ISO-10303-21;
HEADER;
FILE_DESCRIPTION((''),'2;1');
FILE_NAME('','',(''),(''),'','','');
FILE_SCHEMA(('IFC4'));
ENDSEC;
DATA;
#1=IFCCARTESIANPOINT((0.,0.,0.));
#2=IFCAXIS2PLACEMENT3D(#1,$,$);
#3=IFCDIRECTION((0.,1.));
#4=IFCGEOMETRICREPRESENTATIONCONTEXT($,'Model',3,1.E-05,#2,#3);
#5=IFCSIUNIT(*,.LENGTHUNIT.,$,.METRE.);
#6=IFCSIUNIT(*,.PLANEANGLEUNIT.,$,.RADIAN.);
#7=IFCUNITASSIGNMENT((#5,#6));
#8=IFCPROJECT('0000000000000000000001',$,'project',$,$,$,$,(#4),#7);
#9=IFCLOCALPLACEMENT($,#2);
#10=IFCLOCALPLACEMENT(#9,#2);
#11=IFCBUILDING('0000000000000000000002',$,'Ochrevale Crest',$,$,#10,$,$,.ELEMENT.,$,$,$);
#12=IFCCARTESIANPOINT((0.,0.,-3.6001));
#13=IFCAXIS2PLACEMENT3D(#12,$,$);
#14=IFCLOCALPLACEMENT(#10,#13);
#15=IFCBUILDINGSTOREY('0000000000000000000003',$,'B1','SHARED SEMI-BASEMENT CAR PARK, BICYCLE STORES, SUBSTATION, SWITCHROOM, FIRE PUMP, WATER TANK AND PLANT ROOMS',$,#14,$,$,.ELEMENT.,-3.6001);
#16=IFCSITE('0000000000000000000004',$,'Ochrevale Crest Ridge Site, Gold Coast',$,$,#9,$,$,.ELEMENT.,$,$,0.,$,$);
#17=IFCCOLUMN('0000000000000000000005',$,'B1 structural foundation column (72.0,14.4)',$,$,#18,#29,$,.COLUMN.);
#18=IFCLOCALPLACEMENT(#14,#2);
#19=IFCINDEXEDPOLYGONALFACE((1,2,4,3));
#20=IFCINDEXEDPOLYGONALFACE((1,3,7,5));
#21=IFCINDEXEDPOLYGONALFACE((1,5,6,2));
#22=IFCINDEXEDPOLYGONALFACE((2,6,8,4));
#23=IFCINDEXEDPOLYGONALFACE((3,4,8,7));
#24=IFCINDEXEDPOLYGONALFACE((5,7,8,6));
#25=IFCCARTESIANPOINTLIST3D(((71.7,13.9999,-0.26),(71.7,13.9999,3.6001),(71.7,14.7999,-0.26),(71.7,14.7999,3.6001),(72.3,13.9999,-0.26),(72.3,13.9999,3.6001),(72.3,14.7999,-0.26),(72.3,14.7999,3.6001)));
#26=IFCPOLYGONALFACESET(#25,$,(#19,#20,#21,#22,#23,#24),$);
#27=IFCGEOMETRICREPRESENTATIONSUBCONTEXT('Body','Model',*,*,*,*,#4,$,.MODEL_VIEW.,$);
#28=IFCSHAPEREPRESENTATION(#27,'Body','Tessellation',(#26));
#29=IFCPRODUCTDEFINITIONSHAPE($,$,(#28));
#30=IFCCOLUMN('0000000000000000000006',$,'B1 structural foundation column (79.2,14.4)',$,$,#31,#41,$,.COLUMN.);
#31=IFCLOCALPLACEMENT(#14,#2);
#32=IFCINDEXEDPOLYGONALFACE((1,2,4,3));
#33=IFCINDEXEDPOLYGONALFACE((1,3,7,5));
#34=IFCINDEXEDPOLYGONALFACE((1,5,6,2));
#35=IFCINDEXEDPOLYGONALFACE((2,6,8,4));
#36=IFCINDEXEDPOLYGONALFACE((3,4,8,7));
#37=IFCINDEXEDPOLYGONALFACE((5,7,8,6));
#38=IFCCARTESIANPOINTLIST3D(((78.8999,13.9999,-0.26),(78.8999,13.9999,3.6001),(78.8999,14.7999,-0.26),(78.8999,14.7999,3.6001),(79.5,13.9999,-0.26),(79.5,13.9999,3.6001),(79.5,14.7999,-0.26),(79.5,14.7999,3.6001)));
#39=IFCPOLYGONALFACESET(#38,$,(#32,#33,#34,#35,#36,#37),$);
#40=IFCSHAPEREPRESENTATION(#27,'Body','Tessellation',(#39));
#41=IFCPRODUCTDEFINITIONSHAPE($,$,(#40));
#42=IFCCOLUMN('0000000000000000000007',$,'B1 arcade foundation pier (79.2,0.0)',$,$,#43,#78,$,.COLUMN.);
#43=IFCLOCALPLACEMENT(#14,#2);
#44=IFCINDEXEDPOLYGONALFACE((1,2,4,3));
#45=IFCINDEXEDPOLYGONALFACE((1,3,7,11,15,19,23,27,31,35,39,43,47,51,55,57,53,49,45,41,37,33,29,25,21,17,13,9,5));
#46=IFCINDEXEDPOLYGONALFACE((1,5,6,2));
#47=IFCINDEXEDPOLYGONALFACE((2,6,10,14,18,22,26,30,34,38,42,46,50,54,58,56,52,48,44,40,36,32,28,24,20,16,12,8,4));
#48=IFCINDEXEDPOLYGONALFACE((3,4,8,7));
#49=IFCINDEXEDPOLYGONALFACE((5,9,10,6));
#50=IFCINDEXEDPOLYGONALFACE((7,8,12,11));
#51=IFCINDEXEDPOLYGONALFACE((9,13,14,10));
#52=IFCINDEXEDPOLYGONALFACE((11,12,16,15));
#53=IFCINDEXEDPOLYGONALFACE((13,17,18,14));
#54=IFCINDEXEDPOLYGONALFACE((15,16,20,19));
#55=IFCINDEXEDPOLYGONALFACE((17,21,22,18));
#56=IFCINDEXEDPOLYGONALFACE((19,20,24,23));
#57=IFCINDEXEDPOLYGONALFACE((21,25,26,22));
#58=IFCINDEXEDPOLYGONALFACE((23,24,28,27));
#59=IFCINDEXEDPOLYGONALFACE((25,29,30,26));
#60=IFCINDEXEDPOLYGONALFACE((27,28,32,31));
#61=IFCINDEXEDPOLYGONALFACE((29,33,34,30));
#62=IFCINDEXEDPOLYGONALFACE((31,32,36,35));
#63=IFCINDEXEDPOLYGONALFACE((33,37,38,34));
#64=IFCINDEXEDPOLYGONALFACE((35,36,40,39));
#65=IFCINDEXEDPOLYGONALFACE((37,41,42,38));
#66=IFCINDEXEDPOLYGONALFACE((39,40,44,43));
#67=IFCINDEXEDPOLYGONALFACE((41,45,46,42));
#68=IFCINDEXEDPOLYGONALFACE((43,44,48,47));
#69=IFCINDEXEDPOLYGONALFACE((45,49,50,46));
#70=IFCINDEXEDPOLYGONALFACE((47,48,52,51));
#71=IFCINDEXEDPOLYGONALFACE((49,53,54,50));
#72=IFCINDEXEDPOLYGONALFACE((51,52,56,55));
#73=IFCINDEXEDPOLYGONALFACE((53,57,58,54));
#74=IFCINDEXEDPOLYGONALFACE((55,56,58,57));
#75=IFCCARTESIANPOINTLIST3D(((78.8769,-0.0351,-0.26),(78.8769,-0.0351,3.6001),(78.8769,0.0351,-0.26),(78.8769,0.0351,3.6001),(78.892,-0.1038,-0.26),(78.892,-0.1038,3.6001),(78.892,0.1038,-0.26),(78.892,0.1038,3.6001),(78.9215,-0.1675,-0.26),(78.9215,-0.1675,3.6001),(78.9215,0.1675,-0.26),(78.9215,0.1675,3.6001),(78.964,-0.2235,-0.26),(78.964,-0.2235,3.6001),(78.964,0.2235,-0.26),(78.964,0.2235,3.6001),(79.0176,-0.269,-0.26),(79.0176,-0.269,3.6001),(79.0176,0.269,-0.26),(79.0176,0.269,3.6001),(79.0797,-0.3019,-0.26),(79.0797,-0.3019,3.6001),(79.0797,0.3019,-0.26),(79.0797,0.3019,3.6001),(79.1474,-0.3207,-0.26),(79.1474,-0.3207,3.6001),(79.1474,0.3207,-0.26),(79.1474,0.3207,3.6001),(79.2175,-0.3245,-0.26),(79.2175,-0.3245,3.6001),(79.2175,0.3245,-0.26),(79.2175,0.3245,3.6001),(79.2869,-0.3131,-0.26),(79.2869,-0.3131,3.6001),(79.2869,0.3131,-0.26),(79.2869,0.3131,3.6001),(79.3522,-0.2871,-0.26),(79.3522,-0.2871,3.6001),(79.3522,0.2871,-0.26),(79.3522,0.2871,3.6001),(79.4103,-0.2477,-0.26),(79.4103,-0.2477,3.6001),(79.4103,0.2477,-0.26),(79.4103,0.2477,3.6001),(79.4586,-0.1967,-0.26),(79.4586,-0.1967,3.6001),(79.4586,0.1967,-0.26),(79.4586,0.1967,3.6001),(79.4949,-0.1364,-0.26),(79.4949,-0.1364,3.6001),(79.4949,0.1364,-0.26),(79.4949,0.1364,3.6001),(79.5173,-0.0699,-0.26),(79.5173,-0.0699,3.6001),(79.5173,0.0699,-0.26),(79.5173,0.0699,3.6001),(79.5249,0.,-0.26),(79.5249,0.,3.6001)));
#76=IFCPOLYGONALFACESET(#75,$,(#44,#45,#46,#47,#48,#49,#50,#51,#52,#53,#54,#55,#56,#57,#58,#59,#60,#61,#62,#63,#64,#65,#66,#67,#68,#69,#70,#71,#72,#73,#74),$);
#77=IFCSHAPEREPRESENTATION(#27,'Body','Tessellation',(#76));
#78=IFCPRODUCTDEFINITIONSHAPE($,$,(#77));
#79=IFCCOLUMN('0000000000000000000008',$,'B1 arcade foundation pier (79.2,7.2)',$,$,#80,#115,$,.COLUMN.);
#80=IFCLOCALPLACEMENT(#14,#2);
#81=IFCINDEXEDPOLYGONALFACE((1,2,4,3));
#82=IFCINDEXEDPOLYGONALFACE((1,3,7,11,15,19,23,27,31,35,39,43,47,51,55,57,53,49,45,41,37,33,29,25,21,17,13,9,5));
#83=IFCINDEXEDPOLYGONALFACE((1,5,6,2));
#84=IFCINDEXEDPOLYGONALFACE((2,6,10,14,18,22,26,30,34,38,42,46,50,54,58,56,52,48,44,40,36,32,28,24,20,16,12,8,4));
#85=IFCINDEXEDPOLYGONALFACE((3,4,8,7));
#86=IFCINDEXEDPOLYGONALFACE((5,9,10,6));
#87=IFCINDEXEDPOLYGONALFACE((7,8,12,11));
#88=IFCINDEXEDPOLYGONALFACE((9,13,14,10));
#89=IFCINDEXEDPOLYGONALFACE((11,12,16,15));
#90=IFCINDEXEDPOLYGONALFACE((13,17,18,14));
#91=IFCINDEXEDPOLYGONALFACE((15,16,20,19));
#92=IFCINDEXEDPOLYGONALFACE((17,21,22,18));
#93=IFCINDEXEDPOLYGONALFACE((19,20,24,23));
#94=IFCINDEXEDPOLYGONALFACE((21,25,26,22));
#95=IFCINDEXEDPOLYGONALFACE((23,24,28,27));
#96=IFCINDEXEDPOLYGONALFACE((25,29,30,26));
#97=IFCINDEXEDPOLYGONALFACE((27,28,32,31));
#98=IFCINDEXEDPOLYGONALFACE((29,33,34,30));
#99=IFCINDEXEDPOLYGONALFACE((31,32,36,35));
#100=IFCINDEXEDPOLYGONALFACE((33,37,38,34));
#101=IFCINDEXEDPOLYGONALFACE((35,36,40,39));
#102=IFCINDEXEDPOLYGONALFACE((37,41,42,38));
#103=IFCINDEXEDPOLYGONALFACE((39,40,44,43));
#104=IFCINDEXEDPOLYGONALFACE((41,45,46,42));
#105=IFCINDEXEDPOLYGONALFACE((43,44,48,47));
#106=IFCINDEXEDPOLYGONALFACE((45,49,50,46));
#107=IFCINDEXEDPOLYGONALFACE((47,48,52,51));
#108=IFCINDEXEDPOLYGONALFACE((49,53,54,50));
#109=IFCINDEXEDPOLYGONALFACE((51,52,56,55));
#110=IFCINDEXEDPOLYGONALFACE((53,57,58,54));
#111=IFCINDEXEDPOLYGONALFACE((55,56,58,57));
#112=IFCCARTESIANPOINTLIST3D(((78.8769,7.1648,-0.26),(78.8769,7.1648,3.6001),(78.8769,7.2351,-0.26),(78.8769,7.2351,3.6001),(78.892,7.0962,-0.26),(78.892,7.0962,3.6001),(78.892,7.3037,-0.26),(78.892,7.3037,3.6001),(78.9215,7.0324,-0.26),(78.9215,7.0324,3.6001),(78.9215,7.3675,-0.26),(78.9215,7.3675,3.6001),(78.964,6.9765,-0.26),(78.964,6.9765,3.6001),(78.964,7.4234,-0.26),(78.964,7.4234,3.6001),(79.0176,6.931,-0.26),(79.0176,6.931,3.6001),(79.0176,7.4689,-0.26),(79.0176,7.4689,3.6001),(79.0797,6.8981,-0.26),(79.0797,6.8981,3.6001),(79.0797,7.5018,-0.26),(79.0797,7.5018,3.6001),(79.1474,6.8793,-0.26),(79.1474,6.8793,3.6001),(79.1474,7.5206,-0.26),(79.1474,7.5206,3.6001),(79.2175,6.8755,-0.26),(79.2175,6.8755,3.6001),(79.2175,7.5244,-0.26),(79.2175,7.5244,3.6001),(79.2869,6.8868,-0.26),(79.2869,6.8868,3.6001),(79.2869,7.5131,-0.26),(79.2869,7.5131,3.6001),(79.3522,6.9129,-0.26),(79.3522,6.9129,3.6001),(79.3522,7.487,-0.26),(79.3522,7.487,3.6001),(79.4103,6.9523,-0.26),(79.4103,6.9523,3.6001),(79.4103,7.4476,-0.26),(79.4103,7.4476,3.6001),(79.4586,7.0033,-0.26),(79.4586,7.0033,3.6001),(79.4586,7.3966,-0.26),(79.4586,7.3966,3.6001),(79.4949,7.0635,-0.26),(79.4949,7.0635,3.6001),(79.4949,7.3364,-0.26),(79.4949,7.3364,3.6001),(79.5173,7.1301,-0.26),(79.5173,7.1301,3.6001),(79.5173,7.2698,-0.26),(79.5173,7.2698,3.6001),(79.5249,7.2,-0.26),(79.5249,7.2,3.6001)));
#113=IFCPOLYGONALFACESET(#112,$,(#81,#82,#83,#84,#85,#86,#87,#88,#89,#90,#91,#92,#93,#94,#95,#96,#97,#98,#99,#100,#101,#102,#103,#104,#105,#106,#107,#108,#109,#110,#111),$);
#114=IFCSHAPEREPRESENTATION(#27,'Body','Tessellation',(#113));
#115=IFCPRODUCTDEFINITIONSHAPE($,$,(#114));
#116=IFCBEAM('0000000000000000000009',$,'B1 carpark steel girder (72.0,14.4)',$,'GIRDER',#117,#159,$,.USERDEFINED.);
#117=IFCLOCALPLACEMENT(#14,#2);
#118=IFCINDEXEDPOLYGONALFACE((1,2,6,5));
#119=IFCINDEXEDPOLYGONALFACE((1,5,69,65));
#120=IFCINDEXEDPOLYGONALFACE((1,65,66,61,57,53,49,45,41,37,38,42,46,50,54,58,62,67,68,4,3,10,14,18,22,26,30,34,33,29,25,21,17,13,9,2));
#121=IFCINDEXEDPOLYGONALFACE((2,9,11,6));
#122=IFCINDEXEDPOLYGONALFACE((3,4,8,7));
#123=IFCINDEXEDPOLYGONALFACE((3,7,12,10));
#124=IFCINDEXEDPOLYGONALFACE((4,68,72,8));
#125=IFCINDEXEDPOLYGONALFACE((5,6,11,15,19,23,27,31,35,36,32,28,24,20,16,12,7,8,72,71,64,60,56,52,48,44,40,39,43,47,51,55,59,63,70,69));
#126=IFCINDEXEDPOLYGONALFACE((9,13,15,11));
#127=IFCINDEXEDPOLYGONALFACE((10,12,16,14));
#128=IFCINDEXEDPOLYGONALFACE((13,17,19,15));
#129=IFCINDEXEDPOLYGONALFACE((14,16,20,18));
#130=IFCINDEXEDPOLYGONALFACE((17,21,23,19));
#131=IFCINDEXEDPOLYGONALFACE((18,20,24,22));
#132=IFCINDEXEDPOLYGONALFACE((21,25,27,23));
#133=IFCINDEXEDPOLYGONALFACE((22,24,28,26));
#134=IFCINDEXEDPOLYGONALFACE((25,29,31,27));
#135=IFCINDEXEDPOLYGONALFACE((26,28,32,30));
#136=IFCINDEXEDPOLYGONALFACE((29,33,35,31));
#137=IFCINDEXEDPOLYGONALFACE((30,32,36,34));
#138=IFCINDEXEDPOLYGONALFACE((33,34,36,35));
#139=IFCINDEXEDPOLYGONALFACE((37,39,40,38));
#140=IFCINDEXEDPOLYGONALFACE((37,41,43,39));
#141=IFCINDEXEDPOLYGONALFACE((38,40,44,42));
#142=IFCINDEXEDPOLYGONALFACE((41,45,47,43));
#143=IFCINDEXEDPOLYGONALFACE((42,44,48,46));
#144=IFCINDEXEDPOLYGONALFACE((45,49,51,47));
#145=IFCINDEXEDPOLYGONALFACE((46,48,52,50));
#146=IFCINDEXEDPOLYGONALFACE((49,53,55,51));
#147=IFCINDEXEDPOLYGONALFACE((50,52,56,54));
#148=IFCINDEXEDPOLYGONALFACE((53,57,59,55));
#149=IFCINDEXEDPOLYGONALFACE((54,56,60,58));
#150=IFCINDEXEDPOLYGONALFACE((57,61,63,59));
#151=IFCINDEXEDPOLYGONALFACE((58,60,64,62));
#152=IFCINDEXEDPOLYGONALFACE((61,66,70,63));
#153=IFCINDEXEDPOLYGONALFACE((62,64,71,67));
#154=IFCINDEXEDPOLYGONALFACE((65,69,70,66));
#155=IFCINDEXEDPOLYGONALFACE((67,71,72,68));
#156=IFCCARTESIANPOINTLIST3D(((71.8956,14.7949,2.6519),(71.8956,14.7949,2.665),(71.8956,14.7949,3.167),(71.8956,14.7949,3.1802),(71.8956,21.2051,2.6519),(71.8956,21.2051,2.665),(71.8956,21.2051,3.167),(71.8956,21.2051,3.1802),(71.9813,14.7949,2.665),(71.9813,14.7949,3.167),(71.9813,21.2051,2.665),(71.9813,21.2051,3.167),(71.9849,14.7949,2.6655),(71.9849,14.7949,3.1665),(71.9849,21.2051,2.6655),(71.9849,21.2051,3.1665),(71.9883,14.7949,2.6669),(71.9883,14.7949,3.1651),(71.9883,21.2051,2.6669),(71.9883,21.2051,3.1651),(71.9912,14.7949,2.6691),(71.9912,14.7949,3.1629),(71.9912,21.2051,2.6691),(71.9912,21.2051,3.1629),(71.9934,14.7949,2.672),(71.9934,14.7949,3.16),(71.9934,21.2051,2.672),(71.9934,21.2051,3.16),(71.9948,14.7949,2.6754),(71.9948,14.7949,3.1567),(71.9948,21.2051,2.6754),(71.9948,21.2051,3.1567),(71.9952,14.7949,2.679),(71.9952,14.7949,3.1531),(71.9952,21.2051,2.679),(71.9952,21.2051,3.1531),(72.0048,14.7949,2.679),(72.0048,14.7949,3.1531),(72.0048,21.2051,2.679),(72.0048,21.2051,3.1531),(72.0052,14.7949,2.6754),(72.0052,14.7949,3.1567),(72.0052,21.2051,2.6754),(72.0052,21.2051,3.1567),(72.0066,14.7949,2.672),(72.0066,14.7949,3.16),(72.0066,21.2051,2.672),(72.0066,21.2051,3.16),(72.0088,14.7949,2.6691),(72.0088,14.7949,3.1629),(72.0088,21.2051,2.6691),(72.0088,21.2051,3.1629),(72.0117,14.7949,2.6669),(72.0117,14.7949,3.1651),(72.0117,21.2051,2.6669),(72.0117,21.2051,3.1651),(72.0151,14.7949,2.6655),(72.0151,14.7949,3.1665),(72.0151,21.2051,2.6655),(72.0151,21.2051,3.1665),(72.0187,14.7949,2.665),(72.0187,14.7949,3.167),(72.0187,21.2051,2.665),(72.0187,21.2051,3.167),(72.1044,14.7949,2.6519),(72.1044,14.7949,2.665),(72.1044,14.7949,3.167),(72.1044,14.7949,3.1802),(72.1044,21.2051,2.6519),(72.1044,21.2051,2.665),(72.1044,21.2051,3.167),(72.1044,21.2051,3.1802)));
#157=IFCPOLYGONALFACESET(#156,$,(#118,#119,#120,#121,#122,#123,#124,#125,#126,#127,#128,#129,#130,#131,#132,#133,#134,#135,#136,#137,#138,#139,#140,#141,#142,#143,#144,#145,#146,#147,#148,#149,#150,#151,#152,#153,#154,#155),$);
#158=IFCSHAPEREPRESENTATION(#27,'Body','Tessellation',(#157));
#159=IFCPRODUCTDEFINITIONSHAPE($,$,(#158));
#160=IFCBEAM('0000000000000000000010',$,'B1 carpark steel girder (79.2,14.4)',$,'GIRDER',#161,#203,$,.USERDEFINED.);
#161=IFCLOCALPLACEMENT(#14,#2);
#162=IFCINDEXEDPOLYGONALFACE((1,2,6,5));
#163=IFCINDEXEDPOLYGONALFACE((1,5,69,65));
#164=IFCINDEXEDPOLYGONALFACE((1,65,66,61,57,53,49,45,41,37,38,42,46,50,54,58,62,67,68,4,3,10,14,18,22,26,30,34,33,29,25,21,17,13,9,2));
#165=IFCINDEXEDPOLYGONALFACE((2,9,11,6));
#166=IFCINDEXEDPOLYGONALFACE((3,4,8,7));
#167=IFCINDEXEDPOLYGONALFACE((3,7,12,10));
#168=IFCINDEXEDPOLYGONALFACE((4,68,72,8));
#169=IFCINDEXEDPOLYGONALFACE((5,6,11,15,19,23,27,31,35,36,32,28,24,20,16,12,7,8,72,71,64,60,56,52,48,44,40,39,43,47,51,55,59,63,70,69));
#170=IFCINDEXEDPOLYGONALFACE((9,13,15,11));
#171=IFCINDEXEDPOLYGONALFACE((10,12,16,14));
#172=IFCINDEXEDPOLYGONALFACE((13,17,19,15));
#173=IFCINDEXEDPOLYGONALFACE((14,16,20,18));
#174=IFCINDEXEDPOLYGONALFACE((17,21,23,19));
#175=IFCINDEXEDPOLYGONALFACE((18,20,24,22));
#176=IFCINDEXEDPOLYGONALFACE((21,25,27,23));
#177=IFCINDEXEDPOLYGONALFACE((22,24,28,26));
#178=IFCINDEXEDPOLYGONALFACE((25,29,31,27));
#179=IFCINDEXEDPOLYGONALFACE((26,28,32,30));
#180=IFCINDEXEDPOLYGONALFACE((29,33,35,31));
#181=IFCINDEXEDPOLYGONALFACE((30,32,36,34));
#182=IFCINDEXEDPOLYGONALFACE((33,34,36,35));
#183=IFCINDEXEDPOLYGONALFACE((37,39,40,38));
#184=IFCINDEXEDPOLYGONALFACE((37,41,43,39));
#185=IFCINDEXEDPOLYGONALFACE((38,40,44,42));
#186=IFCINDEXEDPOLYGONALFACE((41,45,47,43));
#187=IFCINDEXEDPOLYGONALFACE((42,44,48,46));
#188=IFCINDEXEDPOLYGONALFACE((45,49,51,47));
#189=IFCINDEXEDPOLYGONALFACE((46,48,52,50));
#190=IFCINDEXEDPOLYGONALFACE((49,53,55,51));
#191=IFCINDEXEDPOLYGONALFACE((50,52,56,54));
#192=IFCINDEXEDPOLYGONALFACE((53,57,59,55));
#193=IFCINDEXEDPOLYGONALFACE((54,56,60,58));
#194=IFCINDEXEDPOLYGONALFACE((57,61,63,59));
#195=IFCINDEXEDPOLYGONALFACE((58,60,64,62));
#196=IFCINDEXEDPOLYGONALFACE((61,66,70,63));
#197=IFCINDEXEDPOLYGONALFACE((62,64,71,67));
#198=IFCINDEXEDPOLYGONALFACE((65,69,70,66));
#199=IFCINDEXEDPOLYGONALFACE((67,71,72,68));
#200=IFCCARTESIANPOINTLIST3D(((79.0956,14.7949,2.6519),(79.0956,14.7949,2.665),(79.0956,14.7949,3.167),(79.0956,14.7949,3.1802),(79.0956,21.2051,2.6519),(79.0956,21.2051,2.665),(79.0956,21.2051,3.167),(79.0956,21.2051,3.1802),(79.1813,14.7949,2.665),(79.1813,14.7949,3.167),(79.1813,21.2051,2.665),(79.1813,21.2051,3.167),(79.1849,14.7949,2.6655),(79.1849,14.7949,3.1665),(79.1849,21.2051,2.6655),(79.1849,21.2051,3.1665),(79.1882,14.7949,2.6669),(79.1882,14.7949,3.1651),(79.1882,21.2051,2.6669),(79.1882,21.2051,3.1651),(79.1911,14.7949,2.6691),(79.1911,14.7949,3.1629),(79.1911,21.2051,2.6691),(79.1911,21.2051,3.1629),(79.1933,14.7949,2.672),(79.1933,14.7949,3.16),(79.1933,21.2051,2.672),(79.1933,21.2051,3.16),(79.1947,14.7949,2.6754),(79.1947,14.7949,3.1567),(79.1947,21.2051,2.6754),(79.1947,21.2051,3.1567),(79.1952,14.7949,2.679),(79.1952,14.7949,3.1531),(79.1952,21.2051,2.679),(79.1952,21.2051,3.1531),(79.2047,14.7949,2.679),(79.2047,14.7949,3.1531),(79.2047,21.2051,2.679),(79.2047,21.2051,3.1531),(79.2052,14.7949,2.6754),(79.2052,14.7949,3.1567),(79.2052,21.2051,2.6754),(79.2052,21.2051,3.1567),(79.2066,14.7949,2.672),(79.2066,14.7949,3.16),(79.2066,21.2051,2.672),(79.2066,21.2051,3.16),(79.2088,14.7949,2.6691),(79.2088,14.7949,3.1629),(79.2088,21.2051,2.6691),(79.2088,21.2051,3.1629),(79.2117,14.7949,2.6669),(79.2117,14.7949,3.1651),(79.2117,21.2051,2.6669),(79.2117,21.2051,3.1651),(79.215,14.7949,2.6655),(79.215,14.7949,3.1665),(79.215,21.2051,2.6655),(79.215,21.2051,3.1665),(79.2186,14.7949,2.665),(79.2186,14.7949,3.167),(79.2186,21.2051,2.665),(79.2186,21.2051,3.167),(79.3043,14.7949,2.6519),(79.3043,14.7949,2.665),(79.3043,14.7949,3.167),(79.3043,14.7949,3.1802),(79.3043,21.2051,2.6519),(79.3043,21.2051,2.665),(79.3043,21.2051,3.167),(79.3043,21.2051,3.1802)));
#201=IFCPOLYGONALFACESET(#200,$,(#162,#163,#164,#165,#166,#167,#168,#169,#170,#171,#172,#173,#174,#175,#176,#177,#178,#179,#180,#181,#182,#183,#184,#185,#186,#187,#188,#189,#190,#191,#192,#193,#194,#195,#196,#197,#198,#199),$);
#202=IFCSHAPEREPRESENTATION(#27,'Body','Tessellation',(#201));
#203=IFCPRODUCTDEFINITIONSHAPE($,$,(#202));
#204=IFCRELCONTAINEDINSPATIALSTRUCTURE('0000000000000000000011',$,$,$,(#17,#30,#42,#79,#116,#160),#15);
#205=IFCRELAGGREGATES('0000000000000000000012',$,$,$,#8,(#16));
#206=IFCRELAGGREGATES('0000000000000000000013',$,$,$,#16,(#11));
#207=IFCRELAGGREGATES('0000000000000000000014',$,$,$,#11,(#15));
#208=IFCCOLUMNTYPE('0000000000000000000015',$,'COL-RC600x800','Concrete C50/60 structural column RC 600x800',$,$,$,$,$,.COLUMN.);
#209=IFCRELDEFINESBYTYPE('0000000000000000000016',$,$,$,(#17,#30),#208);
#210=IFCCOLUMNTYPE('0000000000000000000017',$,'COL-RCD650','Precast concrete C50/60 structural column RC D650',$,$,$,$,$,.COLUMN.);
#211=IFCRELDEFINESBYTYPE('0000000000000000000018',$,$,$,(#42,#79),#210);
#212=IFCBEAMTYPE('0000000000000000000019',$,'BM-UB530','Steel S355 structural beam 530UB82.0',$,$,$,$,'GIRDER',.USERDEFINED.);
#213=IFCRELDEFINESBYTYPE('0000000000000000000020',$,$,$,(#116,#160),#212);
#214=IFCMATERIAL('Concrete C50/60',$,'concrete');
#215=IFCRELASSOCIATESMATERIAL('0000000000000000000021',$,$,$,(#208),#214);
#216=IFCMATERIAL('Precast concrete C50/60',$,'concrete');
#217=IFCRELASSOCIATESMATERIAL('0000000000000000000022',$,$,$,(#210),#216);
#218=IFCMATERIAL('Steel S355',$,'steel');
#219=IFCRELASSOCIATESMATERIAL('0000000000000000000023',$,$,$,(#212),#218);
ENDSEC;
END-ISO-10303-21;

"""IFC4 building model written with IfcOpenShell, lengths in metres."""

from ifc_helpers import new_model, si_unit, direction, frame, origin, origin_2d, place, context, subcontext, project, spatial, rectangle, circle, i_section, extrude, material, material_profile, profile_set, type_object, element, save


model = new_model("IFC4")

# Units and contexts
model_context = context("Model", 3, precision=1e-05, world=origin(), true_north=direction((0.0, 1.0)))
body_context = subcontext(model_context, "Body", "Model", "MODEL_VIEW")
ifc_project = project(units=[si_unit("LENGTHUNIT", "METRE"), si_unit("PLANEANGLEUNIT", "RADIAN")], contexts=[model_context])

# Site, building, storey
site_placement = place(None, origin())
site = spatial("IfcSite", under=ifc_project, at=site_placement, Name="Ochrevale Crest Ridge Site, Gold Coast", CompositionType="ELEMENT", RefElevation=0.0)
building_placement = place(site_placement, origin())
building = spatial("IfcBuilding", under=site, at=building_placement, Name="Ochrevale Crest", CompositionType="ELEMENT")
storey_placement = place(building_placement, frame((0.0, 0.0, -3.6001)))
storey = spatial("IfcBuildingStorey", under=building, at=storey_placement, Name="B1", Description="SHARED SEMI-BASEMENT CAR PARK, BICYCLE STORES, SUBSTATION, SWITCHROOM, FIRE PUMP, WATER TANK AND PLANT ROOMS", CompositionType="ELEMENT", Elevation=-3.6001)

# Columns
ifc_material_1 = material(Name="Concrete C50/60", Category="concrete")
ifc_material_profile_1 = material_profile(ifc_material_1, rectangle(XDim=0.6001, YDim=0.8, at=origin_2d()), Name="RC 600x800")
ifc_profile_set_1 = profile_set([ifc_material_profile_1], Name="Concrete C50/60")
column_type_1 = type_object("IfcColumnType", Name="COL-RC600x800", Description="Concrete C50/60 structural column RC 600x800", PredefinedType="COLUMN", material=ifc_profile_set_1)
for number, where, z_axis, x_axis, name in (
    (1, (72.0, 14.3999, -0.26), (0.0, 0.0, 1.0), (1.0, 0.0, 0.0), "B1 structural foundation column (72.0,14.4)"),
    (2, (79.2, 14.3999, -0.26), (0.0, 0.0, 1.0), (1.0, 0.0, 0.0), "B1 structural foundation column (79.2,14.4)"),
):
    element("IfcColumn", number, at=place(storey_placement, frame(where, z_axis=z_axis, x_axis=x_axis)), inside=storey, type_object=column_type_1, Name=name, PredefinedType="COLUMN", context=body_context, shape_type="SweptSolid", body=[
        extrude(rectangle(XDim=0.6001, YDim=0.8, at=origin_2d()), origin(), (0.0, 0.0, 1.0), 3.8601),
    ])
ifc_material_2 = material(Name="Precast concrete C50/60", Category="concrete")
ifc_material_profile_2 = material_profile(ifc_material_2, circle(Radius=0.325, at=origin_2d()), Name="RC D650")
ifc_profile_set_2 = profile_set([ifc_material_profile_2], Name="Precast concrete C50/60")
column_type_2 = type_object("IfcColumnType", Name="COL-RCD650", Description="Precast concrete C50/60 structural column RC D650", PredefinedType="COLUMN", material=ifc_profile_set_2)
for number, where, z_axis, x_axis, name in (
    (3, (79.2, 0.0, -0.26), (0.0, 0.0, 1.0), (1.0, 0.0, 0.0), "B1 arcade foundation pier (79.2,0.0)"),
    (4, (79.2, 7.2, -0.26), (0.0, 0.0, 1.0), (1.0, 0.0, 0.0), "B1 arcade foundation pier (79.2,7.2)"),
):
    element("IfcColumn", number, at=place(storey_placement, frame(where, z_axis=z_axis, x_axis=x_axis)), inside=storey, type_object=column_type_2, Name=name, PredefinedType="COLUMN", context=body_context, shape_type="SweptSolid", body=[
        extrude(circle(Radius=0.325, at=origin_2d()), origin(), (0.0, 0.0, 1.0), 3.8601),
    ])

# Beams
ifc_material_3 = material(Name="Steel S355", Category="steel")
ifc_material_profile_3 = material_profile(ifc_material_3, i_section(OverallWidth=0.2087, OverallDepth=0.5283, WebThickness=0.0095, FlangeThickness=0.0132, FilletRadius=0.0139, at=origin_2d()), Name="530UB82.0")
ifc_profile_set_3 = profile_set([ifc_material_profile_3], Name="Steel S355")
beam_type = type_object("IfcBeamType", Name="BM-UB530", Description="Steel S355 structural beam 530UB82.0", ElementType="GIRDER", PredefinedType="USERDEFINED", material=ifc_profile_set_3)
for number, where, z_axis, x_axis, name in (
    (5, (72.0, 14.7949, 2.916), (0.0, 1.0, 0.0), (-1.0, 0.0, 0.0), "B1 carpark steel girder (72.0,14.4)"),
    (6, (79.2, 14.7949, 2.916), (0.0, 1.0, 0.0), (-1.0, 0.0, 0.0), "B1 carpark steel girder (79.2,14.4)"),
):
    element("IfcBeam", number, at=place(storey_placement, frame(where, z_axis=z_axis, x_axis=x_axis)), inside=storey, type_object=beam_type, Name=name, ObjectType="GIRDER", PredefinedType="USERDEFINED", context=body_context, shape_type="SweptSolid", body=[
        extrude(i_section(OverallWidth=0.2087, OverallDepth=0.5283, WebThickness=0.0095, FlangeThickness=0.0132, FilletRadius=0.0139, at=origin_2d()), origin(), (0.0, 0.0, 1.0), 6.4102),
    ])

save(model, "model.ifc")
